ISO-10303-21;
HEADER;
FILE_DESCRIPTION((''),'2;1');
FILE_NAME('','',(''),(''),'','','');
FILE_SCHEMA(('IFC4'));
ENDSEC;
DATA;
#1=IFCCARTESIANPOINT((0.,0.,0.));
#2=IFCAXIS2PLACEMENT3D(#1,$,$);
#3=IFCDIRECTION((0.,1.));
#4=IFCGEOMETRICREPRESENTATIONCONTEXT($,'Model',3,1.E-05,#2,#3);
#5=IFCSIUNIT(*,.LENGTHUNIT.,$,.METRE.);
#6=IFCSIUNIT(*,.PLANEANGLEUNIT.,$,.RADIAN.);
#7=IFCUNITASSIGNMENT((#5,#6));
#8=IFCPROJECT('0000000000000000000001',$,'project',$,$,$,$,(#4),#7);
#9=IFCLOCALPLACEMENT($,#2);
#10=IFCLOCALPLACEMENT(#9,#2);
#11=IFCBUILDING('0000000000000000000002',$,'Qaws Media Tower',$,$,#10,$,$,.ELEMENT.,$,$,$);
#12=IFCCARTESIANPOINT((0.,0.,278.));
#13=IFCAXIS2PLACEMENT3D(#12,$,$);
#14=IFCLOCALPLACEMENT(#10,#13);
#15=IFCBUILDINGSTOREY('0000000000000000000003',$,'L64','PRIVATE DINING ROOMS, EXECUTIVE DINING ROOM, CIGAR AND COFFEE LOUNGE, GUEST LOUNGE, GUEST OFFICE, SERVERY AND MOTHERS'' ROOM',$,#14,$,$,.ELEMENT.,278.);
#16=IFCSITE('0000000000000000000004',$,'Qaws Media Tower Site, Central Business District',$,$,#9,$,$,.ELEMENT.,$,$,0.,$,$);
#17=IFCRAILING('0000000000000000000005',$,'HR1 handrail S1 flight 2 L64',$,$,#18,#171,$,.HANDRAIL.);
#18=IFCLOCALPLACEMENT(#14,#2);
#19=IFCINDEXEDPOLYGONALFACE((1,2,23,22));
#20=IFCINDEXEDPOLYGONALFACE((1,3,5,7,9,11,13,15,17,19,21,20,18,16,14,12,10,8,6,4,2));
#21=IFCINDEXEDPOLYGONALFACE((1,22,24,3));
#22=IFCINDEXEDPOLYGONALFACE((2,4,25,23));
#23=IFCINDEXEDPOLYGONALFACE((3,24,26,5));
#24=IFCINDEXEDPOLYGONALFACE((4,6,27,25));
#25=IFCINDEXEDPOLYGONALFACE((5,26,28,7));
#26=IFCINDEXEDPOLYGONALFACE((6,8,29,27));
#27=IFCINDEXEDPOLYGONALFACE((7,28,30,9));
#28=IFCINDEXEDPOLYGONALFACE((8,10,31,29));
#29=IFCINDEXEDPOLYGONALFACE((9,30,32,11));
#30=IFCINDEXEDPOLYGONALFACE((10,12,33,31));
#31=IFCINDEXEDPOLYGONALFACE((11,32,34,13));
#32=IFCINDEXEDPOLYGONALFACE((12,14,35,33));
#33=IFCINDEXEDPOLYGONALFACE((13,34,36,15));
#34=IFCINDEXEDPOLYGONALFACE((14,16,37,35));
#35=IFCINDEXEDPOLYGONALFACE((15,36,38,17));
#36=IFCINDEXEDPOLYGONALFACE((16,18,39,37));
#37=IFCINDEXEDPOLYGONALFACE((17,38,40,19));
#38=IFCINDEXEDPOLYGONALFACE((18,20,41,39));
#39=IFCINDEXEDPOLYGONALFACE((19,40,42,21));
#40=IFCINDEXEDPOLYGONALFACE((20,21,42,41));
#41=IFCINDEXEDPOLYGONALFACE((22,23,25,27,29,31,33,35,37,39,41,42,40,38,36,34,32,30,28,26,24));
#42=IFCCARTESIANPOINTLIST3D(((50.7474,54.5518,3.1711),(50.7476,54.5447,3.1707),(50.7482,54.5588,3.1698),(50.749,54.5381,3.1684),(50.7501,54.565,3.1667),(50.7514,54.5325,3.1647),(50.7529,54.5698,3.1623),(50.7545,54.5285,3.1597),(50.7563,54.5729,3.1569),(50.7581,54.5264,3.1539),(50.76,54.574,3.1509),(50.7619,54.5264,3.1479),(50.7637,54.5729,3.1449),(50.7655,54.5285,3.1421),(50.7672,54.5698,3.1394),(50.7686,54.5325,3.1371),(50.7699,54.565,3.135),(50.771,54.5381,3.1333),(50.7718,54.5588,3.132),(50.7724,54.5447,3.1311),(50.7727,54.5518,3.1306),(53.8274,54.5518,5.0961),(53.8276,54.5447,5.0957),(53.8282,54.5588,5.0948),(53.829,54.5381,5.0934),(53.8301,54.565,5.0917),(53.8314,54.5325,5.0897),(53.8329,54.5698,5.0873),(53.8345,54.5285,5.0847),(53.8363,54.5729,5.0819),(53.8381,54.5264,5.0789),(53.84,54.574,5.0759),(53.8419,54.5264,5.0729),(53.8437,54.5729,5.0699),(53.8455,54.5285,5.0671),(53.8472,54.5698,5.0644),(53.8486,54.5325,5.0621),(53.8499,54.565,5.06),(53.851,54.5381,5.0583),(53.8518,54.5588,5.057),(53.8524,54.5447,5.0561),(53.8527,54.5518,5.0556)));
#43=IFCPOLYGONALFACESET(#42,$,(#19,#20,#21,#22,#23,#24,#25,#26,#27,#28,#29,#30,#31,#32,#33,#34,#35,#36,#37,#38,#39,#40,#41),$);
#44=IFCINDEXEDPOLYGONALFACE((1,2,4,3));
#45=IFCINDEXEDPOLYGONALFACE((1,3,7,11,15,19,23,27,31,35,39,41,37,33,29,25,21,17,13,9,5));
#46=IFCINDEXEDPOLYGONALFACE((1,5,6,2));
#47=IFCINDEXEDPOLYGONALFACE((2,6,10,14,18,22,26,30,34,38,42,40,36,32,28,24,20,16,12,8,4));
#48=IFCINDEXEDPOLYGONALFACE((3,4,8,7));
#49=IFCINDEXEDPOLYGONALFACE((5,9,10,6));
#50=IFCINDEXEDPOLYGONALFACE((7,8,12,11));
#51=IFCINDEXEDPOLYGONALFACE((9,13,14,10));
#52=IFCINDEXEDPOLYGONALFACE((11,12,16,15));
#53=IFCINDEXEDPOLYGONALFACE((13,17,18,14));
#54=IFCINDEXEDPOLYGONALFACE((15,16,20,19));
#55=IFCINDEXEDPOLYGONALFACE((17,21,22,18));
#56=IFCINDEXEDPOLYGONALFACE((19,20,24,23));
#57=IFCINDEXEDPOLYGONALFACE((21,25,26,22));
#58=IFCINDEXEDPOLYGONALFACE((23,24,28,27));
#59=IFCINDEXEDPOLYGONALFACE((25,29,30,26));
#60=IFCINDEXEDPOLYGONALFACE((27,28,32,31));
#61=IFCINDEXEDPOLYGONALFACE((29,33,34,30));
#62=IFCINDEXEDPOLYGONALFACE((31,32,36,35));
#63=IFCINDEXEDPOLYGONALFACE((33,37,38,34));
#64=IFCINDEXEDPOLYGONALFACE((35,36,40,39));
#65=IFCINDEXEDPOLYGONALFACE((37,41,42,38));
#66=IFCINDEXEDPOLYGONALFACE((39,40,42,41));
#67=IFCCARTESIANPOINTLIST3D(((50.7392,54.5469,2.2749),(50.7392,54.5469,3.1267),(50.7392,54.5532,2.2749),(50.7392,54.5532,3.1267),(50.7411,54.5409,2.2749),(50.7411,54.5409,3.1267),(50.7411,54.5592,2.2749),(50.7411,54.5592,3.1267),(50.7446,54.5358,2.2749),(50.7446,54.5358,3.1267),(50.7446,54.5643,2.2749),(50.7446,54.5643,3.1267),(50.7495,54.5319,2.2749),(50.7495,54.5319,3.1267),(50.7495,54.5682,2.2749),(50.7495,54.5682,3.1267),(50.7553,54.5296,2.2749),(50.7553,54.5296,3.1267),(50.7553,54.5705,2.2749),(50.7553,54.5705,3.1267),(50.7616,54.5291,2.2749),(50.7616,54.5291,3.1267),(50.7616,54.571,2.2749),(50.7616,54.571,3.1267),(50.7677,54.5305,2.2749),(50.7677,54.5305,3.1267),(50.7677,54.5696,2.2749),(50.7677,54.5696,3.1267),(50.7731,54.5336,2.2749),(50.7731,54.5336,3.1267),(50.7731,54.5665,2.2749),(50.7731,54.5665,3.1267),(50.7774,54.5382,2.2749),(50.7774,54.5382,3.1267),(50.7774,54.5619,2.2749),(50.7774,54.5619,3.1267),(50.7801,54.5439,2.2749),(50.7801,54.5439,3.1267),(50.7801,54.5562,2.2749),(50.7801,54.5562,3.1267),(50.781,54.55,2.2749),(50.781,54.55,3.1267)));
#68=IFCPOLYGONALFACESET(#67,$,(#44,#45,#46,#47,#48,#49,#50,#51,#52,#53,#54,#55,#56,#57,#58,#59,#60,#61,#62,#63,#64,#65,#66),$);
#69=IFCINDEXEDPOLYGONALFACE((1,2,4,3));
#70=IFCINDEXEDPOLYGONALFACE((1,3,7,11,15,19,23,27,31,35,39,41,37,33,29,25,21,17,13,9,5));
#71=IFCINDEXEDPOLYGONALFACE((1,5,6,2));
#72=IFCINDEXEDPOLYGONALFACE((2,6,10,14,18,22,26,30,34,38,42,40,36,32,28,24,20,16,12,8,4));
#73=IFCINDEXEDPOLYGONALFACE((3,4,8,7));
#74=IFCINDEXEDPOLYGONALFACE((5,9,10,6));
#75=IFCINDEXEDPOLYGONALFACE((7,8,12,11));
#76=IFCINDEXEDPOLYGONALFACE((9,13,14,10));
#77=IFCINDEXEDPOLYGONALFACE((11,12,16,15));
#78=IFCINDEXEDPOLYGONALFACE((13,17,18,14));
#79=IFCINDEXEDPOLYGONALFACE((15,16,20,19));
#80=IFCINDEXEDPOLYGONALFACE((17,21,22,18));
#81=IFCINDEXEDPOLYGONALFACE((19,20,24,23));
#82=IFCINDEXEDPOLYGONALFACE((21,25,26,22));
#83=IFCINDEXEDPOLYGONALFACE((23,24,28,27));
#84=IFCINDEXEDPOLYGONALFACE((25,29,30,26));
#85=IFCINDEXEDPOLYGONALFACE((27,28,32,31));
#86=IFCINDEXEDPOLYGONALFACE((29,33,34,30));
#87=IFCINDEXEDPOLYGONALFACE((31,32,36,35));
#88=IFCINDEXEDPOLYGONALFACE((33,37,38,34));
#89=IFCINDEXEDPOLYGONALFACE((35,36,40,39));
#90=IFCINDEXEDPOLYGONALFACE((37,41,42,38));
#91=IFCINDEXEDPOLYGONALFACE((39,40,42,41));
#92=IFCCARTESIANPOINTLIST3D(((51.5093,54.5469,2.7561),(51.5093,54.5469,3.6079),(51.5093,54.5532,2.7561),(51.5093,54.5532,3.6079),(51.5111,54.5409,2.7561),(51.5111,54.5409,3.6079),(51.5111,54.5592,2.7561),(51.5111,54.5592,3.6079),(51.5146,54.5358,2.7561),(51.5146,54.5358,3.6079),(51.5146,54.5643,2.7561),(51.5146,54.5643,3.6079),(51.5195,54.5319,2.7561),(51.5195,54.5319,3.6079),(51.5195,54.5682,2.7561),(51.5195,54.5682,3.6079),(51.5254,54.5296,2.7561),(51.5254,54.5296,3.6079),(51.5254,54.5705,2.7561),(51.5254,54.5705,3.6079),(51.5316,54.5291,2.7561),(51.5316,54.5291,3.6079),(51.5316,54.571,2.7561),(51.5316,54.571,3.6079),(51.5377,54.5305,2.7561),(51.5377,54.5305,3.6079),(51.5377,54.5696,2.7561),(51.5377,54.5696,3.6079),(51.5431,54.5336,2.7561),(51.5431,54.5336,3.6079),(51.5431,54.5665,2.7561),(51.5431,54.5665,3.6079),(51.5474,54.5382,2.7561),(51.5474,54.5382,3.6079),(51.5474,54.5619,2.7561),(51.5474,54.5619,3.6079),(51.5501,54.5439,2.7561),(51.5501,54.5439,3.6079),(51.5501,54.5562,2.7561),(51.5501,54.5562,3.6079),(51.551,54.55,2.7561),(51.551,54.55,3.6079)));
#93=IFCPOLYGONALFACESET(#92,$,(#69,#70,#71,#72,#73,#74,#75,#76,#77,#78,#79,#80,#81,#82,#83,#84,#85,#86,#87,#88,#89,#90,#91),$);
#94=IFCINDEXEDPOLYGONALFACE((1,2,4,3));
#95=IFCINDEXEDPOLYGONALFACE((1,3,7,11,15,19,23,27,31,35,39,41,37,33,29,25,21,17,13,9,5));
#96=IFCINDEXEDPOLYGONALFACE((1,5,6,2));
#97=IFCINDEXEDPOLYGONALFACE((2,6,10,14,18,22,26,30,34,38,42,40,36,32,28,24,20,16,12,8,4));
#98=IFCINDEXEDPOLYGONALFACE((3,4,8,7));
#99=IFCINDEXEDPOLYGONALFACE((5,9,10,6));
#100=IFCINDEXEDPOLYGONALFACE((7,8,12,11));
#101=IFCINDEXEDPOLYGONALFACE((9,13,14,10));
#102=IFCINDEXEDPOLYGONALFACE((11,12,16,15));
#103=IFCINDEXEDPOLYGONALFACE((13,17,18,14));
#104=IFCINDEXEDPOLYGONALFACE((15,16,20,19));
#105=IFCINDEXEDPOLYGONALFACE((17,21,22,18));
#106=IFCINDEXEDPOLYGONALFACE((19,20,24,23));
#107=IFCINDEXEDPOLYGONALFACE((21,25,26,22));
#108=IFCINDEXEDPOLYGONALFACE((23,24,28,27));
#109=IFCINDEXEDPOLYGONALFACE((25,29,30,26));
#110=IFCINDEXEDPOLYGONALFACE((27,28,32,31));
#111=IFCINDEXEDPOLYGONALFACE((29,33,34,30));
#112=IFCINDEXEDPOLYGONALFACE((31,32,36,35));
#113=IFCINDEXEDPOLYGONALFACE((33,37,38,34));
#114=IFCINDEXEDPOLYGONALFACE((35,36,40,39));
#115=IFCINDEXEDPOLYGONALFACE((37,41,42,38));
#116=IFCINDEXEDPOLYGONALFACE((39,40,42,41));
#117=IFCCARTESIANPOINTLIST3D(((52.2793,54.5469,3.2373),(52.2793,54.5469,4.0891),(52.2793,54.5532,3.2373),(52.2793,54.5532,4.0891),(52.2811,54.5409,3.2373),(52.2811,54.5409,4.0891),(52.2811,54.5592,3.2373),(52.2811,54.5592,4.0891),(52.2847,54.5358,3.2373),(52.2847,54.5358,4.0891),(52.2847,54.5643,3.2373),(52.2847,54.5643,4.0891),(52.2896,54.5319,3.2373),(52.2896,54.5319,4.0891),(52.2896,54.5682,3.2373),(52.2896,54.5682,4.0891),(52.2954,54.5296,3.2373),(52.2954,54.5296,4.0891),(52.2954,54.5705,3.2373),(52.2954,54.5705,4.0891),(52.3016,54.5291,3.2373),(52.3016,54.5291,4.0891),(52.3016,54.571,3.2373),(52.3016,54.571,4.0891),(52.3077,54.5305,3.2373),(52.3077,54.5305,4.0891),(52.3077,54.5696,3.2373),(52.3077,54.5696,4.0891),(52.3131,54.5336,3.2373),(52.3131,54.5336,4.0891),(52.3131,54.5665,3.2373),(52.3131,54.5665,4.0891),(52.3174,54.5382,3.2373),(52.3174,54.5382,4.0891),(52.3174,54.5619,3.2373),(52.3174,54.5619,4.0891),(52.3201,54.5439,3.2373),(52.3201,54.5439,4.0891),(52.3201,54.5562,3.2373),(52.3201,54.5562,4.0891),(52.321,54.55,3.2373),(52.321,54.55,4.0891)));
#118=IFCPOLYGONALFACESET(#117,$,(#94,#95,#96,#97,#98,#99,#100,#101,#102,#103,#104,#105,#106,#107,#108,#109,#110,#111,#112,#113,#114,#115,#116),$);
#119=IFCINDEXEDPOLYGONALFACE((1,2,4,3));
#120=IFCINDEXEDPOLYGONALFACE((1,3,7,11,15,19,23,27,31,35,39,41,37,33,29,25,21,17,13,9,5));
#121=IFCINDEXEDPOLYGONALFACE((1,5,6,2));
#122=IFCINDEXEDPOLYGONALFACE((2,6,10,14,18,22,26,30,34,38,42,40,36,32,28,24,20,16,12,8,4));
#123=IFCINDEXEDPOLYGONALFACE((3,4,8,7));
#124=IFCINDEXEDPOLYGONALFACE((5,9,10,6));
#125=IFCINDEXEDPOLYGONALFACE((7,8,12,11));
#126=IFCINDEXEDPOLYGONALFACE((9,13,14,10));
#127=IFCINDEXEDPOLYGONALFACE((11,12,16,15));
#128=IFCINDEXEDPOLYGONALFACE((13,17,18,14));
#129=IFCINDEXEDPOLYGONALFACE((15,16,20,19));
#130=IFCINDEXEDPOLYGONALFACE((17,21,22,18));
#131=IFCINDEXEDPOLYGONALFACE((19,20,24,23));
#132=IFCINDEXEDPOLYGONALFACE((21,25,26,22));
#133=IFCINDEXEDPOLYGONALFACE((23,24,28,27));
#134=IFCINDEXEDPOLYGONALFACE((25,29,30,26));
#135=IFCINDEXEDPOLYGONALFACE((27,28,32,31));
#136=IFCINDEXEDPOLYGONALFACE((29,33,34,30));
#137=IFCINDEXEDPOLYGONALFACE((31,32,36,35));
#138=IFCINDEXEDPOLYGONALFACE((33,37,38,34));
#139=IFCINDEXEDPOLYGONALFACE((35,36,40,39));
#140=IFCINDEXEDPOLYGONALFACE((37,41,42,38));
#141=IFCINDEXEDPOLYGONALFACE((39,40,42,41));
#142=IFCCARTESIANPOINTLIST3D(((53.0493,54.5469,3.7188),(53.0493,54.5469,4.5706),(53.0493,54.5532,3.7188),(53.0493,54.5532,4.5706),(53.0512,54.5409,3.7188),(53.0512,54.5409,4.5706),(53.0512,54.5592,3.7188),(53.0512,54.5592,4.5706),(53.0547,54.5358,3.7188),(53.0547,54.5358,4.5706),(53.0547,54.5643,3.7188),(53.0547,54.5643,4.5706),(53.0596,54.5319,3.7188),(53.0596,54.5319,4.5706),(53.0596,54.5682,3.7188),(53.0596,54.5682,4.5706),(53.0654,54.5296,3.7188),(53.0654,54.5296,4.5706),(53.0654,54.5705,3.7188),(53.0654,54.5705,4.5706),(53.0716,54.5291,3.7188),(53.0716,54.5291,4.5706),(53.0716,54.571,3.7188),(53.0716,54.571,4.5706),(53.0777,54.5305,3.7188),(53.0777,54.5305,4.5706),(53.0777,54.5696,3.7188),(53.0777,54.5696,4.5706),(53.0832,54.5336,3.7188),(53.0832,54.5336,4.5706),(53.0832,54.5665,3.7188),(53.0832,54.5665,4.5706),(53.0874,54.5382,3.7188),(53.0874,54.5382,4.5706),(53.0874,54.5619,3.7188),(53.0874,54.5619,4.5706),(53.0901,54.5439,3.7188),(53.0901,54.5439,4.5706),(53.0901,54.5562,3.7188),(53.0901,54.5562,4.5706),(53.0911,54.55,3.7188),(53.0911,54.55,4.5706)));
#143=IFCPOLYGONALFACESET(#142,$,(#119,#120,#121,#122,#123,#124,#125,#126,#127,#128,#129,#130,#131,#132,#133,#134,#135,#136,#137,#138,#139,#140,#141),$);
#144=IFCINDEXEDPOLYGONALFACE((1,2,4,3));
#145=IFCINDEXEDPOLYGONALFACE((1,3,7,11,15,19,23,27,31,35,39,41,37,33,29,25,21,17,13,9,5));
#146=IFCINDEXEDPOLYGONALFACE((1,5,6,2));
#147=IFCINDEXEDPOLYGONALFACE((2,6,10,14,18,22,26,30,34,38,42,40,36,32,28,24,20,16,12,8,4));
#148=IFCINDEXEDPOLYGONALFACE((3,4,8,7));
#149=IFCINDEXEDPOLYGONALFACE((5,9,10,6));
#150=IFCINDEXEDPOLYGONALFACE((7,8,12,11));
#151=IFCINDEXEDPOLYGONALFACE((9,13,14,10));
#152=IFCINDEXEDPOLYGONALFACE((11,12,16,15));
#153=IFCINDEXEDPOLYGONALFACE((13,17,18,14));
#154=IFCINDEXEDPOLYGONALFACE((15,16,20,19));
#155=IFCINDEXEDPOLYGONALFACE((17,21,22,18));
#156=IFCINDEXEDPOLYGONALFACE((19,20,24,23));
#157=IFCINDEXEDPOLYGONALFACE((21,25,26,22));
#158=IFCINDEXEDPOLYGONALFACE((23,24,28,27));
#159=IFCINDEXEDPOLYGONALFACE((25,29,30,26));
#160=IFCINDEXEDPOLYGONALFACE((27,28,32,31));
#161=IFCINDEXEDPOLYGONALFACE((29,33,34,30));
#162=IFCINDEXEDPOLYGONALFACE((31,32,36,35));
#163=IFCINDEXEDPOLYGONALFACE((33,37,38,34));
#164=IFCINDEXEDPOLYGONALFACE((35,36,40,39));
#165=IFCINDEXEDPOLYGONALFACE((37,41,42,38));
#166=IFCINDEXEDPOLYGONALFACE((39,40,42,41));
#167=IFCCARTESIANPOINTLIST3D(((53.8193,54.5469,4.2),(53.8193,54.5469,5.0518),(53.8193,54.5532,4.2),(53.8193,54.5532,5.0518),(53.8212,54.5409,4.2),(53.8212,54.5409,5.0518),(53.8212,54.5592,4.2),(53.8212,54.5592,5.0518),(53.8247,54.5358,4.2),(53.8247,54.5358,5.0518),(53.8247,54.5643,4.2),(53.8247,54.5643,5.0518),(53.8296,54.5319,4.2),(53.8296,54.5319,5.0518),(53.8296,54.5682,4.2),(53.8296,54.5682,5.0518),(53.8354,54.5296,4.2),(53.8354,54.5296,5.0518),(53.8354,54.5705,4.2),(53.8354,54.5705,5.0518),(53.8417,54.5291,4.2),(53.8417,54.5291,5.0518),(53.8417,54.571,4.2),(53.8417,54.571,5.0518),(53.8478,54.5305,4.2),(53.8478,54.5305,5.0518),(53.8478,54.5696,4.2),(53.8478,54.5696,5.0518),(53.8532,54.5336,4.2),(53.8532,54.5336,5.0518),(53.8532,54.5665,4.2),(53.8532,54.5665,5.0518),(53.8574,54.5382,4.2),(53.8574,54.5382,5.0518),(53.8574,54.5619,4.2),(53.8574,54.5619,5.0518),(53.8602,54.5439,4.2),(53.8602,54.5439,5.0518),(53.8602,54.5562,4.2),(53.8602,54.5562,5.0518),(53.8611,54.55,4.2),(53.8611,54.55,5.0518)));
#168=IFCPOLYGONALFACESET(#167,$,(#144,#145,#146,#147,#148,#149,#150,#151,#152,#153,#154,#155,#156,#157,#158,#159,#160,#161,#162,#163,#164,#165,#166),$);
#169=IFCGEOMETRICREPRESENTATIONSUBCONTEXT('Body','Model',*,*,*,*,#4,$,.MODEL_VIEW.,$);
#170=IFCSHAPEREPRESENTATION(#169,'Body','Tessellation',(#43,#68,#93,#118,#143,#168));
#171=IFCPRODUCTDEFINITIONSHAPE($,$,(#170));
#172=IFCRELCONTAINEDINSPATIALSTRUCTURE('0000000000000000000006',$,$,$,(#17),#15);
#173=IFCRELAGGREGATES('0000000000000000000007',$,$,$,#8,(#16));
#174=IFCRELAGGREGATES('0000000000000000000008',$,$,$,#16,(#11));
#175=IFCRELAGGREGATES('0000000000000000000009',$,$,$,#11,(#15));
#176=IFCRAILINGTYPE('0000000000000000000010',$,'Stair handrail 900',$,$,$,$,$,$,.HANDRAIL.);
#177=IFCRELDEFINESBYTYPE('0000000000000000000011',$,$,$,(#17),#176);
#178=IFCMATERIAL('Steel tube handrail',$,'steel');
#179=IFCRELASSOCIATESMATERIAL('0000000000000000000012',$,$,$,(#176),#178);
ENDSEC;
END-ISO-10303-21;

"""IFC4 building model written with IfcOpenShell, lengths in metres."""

from ifc_helpers import new_model, si_unit, direction, frame, origin, origin_2d, place, context, subcontext, project, spatial, circle, extrude, material, type_object, element, save


model = new_model("IFC4")

# Units and contexts
model_context = context("Model", 3, precision=1e-05, world=origin(), true_north=direction((0.0, 1.0)))
body_context = subcontext(model_context, "Body", "Model", "MODEL_VIEW")
ifc_project = project(units=[si_unit("LENGTHUNIT", "METRE"), si_unit("PLANEANGLEUNIT", "RADIAN")], contexts=[model_context])

# Site, building, storey
site_placement = place(None, origin())
site = spatial("IfcSite", under=ifc_project, at=site_placement, Name="Qaws Media Tower Site, Central Business District", CompositionType="ELEMENT", RefElevation=0.0)
building_placement = place(site_placement, origin())
building = spatial("IfcBuilding", under=site, at=building_placement, Name="Qaws Media Tower", CompositionType="ELEMENT")
storey_placement = place(building_placement, frame((0.0, 0.0, 278.0)))
storey = spatial("IfcBuildingStorey", under=building, at=storey_placement, Name="L64", Description="PRIVATE DINING ROOMS, EXECUTIVE DINING ROOM, CIGAR AND COFFEE LOUNGE, GUEST LOUNGE, GUEST OFFICE, SERVERY AND MOTHERS' ROOM", CompositionType="ELEMENT", Elevation=278.0)

# Railing
ifc_material_1 = material(Name="Steel tube handrail", Category="steel")
railing_type = type_object("IfcRailingType", Name="Stair handrail 900", PredefinedType="HANDRAIL", material=ifc_material_1)
for number, where, name in (
    (1, (50.76, 54.55, 2.2749), "HR1 handrail S1 flight 2 L64"),
):
    element("IfcRailing", number, at=place(storey_placement, frame(where)), inside=storey, type_object=railing_type, Name=name, PredefinedType="HANDRAIL", context=body_context, shape_type="SweptSolid", body=[
        extrude(circle(Radius=0.0239, at=origin_2d()), frame((0.0, 0.0, 0.876), z_axis=(0.847998, 0.0, 0.529999), x_axis=(0.0, 1.0, 0.0)), (0.0, 0.0, 1.0), 3.6321),
        extrude(circle(Radius=0.021, at=origin_2d()), origin(), (0.0, 0.0, 1.0), 0.8518),
        extrude(circle(Radius=0.021, at=origin_2d()), frame((0.77, 0.0, 0.4812)), (0.0, 0.0, 1.0), 0.8518),
        extrude(circle(Radius=0.021, at=origin_2d()), frame((1.54, 0.0, 0.9624)), (0.0, 0.0, 1.0), 0.8518),
        extrude(circle(Radius=0.021, at=origin_2d()), frame((2.3101, 0.0, 1.4438)), (0.0, 0.0, 1.0), 0.8518),
        extrude(circle(Radius=0.021, at=origin_2d()), frame((3.0801, 0.0, 1.925)), (0.0, 0.0, 1.0), 0.8518),
    ])

save(model, "model.ifc")
